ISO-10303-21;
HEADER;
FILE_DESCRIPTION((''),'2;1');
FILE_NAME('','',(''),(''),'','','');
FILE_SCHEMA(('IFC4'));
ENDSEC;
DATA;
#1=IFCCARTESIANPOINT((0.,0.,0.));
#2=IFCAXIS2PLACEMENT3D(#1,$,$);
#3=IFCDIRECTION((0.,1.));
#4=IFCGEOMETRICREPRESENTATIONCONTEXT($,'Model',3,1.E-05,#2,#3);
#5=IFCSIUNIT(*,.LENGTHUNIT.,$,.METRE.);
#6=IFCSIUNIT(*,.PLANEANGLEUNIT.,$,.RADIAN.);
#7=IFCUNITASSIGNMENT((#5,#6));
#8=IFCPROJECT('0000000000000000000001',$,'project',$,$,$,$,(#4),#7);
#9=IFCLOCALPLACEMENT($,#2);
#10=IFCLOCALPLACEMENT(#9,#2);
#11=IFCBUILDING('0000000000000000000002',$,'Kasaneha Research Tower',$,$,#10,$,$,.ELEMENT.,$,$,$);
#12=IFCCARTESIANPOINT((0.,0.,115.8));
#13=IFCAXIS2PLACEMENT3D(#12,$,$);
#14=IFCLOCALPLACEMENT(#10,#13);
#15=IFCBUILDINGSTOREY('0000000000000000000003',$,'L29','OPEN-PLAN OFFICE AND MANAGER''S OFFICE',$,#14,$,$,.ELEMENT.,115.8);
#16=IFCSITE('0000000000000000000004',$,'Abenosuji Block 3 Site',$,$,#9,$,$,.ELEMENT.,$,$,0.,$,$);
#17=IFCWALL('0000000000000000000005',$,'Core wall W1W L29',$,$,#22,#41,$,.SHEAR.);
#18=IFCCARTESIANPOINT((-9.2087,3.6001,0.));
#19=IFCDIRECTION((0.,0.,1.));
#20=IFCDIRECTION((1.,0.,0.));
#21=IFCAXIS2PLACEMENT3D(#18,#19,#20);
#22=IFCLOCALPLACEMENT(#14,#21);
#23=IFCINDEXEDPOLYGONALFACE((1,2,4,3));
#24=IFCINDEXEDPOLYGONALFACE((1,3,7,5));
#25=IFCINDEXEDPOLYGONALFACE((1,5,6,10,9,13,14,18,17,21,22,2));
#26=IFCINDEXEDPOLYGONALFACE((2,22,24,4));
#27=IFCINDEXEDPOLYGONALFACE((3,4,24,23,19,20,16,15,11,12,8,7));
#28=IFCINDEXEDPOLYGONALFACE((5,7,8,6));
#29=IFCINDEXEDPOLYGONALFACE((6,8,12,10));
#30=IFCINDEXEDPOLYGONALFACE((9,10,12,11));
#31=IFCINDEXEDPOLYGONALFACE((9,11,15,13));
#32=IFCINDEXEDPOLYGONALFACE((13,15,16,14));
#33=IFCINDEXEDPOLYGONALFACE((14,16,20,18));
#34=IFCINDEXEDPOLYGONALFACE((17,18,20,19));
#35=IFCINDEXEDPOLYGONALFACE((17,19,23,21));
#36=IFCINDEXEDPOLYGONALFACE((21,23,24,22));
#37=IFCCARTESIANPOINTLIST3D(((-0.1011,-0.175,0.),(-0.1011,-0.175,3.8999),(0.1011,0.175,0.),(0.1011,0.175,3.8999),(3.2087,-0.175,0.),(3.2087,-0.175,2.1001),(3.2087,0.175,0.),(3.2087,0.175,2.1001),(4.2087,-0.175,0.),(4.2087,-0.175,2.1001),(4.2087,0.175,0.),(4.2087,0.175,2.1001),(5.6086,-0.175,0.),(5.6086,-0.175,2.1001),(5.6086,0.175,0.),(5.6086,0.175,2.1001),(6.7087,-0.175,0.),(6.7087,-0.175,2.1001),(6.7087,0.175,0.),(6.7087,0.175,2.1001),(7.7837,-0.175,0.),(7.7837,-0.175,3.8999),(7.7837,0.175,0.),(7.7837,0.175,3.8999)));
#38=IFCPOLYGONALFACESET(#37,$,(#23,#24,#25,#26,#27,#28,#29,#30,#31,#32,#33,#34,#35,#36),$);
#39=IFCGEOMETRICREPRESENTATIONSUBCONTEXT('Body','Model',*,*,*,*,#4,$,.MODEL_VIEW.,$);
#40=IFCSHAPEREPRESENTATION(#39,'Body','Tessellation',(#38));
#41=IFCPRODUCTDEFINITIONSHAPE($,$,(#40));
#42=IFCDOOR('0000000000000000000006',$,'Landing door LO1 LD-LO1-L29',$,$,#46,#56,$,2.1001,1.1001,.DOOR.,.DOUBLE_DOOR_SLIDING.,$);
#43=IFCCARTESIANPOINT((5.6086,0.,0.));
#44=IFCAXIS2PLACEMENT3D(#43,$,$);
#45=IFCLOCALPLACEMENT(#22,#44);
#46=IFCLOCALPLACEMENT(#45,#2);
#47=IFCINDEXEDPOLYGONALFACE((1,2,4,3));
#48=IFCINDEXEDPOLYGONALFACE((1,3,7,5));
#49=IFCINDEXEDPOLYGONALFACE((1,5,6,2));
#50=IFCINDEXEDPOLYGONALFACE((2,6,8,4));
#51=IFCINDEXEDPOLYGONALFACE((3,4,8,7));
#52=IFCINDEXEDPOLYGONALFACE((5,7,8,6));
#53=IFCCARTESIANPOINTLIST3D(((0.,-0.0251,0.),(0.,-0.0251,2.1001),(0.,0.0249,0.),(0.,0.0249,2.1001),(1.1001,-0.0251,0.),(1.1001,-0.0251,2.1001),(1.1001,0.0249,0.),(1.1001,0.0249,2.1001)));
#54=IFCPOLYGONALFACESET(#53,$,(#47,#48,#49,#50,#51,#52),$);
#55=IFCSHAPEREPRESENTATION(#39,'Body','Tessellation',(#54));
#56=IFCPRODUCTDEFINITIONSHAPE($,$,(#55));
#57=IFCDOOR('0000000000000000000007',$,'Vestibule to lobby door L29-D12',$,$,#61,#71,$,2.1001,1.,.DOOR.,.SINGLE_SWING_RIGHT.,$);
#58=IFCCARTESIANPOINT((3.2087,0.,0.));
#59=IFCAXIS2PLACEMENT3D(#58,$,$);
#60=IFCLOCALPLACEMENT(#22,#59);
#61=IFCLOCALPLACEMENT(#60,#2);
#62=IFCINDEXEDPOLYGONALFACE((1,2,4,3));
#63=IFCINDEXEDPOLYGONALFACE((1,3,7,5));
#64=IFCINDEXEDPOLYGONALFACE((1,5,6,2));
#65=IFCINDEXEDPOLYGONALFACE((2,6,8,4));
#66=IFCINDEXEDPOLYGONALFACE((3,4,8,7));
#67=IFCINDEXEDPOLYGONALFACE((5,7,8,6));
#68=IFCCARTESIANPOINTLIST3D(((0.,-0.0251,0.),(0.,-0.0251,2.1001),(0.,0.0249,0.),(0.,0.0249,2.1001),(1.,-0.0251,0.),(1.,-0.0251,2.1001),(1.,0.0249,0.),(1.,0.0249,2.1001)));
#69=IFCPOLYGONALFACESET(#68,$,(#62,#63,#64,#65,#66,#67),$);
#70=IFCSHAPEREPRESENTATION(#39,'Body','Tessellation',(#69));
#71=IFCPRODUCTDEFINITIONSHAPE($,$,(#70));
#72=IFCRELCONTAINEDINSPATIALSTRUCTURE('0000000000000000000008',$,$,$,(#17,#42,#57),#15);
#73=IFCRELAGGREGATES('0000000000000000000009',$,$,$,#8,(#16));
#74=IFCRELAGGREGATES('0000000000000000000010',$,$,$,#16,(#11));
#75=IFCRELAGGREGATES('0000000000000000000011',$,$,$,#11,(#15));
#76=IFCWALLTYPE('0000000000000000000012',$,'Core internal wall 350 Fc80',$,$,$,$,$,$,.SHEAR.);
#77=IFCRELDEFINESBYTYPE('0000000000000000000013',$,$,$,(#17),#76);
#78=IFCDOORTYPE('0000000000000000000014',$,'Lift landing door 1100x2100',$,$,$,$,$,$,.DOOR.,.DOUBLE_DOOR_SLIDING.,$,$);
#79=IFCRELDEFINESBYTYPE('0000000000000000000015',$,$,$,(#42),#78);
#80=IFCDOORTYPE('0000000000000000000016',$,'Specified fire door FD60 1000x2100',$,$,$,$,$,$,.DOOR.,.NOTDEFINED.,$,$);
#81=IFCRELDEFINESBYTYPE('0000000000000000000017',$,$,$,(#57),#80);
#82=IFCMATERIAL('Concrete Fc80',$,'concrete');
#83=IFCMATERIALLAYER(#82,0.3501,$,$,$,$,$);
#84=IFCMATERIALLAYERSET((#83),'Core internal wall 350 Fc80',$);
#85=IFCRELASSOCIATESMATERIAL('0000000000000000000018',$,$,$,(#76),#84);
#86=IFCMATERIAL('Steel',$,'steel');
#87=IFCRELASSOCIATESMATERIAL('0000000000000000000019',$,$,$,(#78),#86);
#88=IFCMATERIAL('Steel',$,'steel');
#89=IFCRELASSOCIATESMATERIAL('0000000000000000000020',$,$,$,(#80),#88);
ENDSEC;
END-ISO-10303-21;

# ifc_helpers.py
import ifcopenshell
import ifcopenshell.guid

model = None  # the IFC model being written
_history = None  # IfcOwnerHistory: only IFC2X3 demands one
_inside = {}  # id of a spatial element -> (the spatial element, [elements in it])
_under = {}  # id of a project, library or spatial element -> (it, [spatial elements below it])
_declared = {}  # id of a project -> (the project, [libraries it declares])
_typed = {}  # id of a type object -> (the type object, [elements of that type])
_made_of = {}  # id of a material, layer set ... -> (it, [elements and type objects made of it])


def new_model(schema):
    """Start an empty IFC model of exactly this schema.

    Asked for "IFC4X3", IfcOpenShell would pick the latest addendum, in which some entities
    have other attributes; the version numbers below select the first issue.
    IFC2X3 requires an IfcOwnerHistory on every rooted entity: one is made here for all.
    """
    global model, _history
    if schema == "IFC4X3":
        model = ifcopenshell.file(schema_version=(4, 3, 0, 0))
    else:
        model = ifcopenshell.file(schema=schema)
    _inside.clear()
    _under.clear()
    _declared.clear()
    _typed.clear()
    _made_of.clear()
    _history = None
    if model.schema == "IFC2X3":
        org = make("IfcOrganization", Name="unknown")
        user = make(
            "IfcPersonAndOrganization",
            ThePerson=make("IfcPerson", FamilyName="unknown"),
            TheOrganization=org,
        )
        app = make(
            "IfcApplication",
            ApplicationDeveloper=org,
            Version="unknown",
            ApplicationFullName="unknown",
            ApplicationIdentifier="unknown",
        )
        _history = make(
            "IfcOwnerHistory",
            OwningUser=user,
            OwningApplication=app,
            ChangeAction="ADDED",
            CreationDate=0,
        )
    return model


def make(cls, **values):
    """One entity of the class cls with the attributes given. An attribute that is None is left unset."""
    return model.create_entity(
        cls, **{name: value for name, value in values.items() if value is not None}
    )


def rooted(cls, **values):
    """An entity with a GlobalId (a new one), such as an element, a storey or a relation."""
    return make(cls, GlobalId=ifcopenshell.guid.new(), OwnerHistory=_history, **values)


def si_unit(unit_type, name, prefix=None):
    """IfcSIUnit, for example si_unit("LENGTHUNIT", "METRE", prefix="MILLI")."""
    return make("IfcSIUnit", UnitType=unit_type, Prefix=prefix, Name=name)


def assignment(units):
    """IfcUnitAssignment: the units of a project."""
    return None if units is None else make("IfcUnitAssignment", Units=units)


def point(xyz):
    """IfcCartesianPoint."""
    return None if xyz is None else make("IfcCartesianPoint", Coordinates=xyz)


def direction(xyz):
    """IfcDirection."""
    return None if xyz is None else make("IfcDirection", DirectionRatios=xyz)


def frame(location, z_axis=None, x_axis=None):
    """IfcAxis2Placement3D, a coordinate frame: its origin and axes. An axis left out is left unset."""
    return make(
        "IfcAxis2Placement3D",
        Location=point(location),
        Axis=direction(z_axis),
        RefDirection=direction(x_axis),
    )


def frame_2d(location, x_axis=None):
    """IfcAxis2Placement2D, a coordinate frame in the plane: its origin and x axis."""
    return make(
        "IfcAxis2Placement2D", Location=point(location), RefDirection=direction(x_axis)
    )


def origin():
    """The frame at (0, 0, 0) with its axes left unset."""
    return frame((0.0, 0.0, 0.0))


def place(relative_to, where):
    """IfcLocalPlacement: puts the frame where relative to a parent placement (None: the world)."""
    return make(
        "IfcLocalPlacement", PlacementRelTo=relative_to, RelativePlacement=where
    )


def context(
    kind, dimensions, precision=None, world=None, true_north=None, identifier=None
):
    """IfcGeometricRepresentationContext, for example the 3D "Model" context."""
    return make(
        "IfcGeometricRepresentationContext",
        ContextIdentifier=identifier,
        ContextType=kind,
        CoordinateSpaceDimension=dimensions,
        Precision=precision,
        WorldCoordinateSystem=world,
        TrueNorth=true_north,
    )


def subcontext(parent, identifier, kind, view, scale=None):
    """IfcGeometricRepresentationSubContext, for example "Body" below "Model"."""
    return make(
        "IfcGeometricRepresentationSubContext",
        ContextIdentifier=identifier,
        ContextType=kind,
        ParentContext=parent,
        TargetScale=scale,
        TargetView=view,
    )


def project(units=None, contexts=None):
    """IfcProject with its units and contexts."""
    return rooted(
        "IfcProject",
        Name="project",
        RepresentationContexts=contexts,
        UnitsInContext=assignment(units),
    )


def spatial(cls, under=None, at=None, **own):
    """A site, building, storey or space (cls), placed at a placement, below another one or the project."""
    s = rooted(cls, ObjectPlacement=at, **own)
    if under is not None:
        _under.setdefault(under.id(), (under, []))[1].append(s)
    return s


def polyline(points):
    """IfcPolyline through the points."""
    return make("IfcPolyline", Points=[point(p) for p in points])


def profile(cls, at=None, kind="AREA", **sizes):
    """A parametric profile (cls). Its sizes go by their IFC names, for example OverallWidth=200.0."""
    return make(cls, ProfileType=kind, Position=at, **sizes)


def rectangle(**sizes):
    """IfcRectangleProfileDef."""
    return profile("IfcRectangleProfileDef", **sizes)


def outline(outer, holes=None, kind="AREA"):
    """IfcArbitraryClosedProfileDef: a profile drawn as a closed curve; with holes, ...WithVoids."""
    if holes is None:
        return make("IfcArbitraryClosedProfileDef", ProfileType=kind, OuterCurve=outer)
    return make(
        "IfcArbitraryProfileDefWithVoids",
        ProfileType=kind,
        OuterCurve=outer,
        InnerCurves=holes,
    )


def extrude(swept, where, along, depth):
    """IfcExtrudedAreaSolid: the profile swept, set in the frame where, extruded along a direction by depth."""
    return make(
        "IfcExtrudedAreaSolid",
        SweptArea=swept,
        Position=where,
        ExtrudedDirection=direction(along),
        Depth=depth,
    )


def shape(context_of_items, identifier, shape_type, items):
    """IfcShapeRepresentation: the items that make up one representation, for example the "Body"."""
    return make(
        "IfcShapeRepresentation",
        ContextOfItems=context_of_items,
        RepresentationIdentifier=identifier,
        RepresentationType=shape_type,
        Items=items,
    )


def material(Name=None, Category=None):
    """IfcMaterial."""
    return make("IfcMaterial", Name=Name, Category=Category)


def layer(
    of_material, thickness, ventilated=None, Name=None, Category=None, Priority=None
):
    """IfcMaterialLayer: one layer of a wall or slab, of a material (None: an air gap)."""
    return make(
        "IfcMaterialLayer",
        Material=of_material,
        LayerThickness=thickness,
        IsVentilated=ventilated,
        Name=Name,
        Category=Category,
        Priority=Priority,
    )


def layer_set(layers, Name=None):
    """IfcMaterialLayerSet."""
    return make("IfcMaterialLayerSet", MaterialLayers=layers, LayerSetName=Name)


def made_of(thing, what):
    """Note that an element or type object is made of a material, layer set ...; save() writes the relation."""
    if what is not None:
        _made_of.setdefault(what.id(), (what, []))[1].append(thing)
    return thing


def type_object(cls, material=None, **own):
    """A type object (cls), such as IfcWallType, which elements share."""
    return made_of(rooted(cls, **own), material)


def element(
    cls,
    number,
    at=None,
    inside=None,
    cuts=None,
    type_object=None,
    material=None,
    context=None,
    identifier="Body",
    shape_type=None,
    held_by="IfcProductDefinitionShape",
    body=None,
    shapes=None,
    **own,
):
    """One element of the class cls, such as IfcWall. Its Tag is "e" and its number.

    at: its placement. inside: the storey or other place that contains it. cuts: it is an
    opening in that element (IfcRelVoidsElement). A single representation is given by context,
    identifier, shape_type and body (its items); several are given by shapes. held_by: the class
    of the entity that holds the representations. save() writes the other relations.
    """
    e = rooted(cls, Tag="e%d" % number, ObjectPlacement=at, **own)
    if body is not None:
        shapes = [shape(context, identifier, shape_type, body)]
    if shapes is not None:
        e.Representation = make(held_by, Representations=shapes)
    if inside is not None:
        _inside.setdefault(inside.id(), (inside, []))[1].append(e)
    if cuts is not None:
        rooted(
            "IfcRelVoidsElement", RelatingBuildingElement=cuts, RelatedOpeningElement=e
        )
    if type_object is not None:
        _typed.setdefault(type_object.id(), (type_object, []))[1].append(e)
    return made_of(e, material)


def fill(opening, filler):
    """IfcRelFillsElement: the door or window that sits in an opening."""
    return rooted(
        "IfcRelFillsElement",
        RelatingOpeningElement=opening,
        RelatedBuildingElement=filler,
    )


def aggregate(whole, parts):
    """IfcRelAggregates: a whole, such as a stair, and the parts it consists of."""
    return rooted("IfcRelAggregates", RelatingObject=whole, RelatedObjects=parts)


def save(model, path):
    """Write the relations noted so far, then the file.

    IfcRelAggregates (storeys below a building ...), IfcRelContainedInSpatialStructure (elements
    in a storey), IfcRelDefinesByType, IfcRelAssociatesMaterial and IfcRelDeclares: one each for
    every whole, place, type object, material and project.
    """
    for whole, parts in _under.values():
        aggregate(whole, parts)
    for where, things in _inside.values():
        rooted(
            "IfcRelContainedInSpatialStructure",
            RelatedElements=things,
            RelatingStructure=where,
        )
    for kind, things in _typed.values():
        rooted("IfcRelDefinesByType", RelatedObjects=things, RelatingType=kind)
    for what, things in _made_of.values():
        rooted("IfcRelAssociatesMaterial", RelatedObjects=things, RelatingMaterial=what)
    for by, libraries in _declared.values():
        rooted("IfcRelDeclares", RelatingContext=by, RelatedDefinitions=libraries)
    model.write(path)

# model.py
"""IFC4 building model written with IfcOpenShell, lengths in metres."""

from ifc_helpers import new_model, si_unit, direction, frame, frame_2d, origin, place, context, subcontext, project, spatial, polyline, rectangle, outline, extrude, material, layer, layer_set, type_object, element, fill, save


model = new_model("IFC4")

# Units and contexts
model_context = context("Model", 3, precision=1e-05, world=origin(), true_north=direction((0.0, 1.0)))
body_context = subcontext(model_context, "Body", "Model", "MODEL_VIEW")
ifc_project = project(units=[si_unit("LENGTHUNIT", "METRE"), si_unit("PLANEANGLEUNIT", "RADIAN")], contexts=[model_context])

# Site, building, storey
site_placement = place(None, origin())
site = spatial("IfcSite", under=ifc_project, at=site_placement, Name="Abenosuji Block 3 Site", CompositionType="ELEMENT", RefElevation=0.0)
building_placement = place(site_placement, origin())
building = spatial("IfcBuilding", under=site, at=building_placement, Name="Kasaneha Research Tower", CompositionType="ELEMENT")
storey_placement = place(building_placement, frame((0.0, 0.0, 115.8)))
storey = spatial("IfcBuildingStorey", under=building, at=storey_placement, Name="L29", Description="OPEN-PLAN OFFICE AND MANAGER'S OFFICE", CompositionType="ELEMENT", Elevation=115.8)

# Wall, openings, doors
ifc_material_1 = material(Name="Concrete Fc80", Category="concrete")
ifc_layer_1 = layer(ifc_material_1, 0.3501)
ifc_layer_set_1 = layer_set([ifc_layer_1], Name="Core internal wall 350 Fc80")
wall_type_1 = type_object("IfcWallType", Name="Core internal wall 350 Fc80", PredefinedType="SHEAR", material=ifc_layer_set_1)
wall_1_placement = place(storey_placement, frame((-9.2087, 3.6001, 0.0), z_axis=(0.0, 0.0, 1.0), x_axis=(1.0, 0.0, 0.0)))
wall_1 = element("IfcWall", 1, at=wall_1_placement, inside=storey, type_object=wall_type_1, Name="Core wall W1W L29", PredefinedType="SHEAR", context=body_context, shape_type="SweptSolid", body=[
    extrude(outline(polyline([(-0.1011, -0.175), (3.2087, -0.175), (4.2087, -0.175), (5.6086, -0.175), (6.7087, -0.175), (7.7837, -0.175), (7.7837, 0.175), (6.7087, 0.175), (5.6086, 0.175), (4.2087, 0.175), (3.2087, 0.175), (0.1011, 0.175), (-0.1011, -0.175)])), origin(), (0.0, 0.0, 1.0), 3.8999),
])
opening_1_placement = place(wall_1_placement, frame((3.2087, 0.0, 0.0)))
opening_1 = element("IfcOpeningElement", 2, at=opening_1_placement, cuts=wall_1, PredefinedType="OPENING", context=body_context, shape_type="SweptSolid", body=[
    extrude(rectangle(XDim=1.0, YDim=2.1001, at=frame_2d((0.5, 1.05))), frame((0.0, 0.1851, 0.0), z_axis=(0.0, -1.0, 0.0), x_axis=(1.0, 0.0, 0.0)), (0.0, 0.0, 1.0), 0.3701),
])
opening_2_placement = place(wall_1_placement, frame((5.6086, 0.0, 0.0)))
opening_2 = element("IfcOpeningElement", 3, at=opening_2_placement, cuts=wall_1, PredefinedType="OPENING", context=body_context, shape_type="SweptSolid", body=[
    extrude(rectangle(XDim=1.1001, YDim=2.1001, at=frame_2d((0.55, 1.05))), frame((0.0, 0.1851, 0.0), z_axis=(0.0, -1.0, 0.0), x_axis=(1.0, 0.0, 0.0)), (0.0, 0.0, 1.0), 0.3701),
])
ifc_material_2 = material(Name="Steel", Category="steel")
door_type_1 = type_object("IfcDoorType", Name="Lift landing door 1100x2100", OperationType="DOUBLE_DOOR_SLIDING", PredefinedType="DOOR", material=ifc_material_2)
door_1_placement = place(opening_2_placement, origin())
door_1 = element("IfcDoor", 4, at=door_1_placement, inside=storey, type_object=door_type_1, Name="Landing door LO1 LD-LO1-L29", OperationType="DOUBLE_DOOR_SLIDING", OverallHeight=2.1001, OverallWidth=1.1001, PredefinedType="DOOR", context=body_context, shape_type="SweptSolid", body=[
    extrude(rectangle(XDim=1.1001, YDim=2.1001, at=frame_2d((0.55, 1.05))), frame((0.0, 0.0249, 0.0), z_axis=(0.0, -1.0, 0.0), x_axis=(1.0, 0.0, 0.0)), (0.0, 0.0, 1.0), 0.05),
])
fill(opening_2, door_1)
ifc_material_3 = material(Name="Steel", Category="steel")
door_type_2 = type_object("IfcDoorType", Name="Specified fire door FD60 1000x2100", OperationType="NOTDEFINED", PredefinedType="DOOR", material=ifc_material_3)
door_2_placement = place(opening_1_placement, origin())
door_2 = element("IfcDoor", 5, at=door_2_placement, inside=storey, type_object=door_type_2, Name="Vestibule to lobby door L29-D12", OperationType="SINGLE_SWING_RIGHT", OverallHeight=2.1001, OverallWidth=1.0, PredefinedType="DOOR", context=body_context, shape_type="SweptSolid", body=[
    extrude(rectangle(XDim=1.0, YDim=2.1001, at=frame_2d((0.5, 1.05))), frame((0.0, 0.0249, 0.0), z_axis=(0.0, -1.0, 0.0), x_axis=(1.0, 0.0, 0.0)), (0.0, 0.0, 1.0), 0.05),
])
fill(opening_1, door_2)

save(model, "model.ifc")
